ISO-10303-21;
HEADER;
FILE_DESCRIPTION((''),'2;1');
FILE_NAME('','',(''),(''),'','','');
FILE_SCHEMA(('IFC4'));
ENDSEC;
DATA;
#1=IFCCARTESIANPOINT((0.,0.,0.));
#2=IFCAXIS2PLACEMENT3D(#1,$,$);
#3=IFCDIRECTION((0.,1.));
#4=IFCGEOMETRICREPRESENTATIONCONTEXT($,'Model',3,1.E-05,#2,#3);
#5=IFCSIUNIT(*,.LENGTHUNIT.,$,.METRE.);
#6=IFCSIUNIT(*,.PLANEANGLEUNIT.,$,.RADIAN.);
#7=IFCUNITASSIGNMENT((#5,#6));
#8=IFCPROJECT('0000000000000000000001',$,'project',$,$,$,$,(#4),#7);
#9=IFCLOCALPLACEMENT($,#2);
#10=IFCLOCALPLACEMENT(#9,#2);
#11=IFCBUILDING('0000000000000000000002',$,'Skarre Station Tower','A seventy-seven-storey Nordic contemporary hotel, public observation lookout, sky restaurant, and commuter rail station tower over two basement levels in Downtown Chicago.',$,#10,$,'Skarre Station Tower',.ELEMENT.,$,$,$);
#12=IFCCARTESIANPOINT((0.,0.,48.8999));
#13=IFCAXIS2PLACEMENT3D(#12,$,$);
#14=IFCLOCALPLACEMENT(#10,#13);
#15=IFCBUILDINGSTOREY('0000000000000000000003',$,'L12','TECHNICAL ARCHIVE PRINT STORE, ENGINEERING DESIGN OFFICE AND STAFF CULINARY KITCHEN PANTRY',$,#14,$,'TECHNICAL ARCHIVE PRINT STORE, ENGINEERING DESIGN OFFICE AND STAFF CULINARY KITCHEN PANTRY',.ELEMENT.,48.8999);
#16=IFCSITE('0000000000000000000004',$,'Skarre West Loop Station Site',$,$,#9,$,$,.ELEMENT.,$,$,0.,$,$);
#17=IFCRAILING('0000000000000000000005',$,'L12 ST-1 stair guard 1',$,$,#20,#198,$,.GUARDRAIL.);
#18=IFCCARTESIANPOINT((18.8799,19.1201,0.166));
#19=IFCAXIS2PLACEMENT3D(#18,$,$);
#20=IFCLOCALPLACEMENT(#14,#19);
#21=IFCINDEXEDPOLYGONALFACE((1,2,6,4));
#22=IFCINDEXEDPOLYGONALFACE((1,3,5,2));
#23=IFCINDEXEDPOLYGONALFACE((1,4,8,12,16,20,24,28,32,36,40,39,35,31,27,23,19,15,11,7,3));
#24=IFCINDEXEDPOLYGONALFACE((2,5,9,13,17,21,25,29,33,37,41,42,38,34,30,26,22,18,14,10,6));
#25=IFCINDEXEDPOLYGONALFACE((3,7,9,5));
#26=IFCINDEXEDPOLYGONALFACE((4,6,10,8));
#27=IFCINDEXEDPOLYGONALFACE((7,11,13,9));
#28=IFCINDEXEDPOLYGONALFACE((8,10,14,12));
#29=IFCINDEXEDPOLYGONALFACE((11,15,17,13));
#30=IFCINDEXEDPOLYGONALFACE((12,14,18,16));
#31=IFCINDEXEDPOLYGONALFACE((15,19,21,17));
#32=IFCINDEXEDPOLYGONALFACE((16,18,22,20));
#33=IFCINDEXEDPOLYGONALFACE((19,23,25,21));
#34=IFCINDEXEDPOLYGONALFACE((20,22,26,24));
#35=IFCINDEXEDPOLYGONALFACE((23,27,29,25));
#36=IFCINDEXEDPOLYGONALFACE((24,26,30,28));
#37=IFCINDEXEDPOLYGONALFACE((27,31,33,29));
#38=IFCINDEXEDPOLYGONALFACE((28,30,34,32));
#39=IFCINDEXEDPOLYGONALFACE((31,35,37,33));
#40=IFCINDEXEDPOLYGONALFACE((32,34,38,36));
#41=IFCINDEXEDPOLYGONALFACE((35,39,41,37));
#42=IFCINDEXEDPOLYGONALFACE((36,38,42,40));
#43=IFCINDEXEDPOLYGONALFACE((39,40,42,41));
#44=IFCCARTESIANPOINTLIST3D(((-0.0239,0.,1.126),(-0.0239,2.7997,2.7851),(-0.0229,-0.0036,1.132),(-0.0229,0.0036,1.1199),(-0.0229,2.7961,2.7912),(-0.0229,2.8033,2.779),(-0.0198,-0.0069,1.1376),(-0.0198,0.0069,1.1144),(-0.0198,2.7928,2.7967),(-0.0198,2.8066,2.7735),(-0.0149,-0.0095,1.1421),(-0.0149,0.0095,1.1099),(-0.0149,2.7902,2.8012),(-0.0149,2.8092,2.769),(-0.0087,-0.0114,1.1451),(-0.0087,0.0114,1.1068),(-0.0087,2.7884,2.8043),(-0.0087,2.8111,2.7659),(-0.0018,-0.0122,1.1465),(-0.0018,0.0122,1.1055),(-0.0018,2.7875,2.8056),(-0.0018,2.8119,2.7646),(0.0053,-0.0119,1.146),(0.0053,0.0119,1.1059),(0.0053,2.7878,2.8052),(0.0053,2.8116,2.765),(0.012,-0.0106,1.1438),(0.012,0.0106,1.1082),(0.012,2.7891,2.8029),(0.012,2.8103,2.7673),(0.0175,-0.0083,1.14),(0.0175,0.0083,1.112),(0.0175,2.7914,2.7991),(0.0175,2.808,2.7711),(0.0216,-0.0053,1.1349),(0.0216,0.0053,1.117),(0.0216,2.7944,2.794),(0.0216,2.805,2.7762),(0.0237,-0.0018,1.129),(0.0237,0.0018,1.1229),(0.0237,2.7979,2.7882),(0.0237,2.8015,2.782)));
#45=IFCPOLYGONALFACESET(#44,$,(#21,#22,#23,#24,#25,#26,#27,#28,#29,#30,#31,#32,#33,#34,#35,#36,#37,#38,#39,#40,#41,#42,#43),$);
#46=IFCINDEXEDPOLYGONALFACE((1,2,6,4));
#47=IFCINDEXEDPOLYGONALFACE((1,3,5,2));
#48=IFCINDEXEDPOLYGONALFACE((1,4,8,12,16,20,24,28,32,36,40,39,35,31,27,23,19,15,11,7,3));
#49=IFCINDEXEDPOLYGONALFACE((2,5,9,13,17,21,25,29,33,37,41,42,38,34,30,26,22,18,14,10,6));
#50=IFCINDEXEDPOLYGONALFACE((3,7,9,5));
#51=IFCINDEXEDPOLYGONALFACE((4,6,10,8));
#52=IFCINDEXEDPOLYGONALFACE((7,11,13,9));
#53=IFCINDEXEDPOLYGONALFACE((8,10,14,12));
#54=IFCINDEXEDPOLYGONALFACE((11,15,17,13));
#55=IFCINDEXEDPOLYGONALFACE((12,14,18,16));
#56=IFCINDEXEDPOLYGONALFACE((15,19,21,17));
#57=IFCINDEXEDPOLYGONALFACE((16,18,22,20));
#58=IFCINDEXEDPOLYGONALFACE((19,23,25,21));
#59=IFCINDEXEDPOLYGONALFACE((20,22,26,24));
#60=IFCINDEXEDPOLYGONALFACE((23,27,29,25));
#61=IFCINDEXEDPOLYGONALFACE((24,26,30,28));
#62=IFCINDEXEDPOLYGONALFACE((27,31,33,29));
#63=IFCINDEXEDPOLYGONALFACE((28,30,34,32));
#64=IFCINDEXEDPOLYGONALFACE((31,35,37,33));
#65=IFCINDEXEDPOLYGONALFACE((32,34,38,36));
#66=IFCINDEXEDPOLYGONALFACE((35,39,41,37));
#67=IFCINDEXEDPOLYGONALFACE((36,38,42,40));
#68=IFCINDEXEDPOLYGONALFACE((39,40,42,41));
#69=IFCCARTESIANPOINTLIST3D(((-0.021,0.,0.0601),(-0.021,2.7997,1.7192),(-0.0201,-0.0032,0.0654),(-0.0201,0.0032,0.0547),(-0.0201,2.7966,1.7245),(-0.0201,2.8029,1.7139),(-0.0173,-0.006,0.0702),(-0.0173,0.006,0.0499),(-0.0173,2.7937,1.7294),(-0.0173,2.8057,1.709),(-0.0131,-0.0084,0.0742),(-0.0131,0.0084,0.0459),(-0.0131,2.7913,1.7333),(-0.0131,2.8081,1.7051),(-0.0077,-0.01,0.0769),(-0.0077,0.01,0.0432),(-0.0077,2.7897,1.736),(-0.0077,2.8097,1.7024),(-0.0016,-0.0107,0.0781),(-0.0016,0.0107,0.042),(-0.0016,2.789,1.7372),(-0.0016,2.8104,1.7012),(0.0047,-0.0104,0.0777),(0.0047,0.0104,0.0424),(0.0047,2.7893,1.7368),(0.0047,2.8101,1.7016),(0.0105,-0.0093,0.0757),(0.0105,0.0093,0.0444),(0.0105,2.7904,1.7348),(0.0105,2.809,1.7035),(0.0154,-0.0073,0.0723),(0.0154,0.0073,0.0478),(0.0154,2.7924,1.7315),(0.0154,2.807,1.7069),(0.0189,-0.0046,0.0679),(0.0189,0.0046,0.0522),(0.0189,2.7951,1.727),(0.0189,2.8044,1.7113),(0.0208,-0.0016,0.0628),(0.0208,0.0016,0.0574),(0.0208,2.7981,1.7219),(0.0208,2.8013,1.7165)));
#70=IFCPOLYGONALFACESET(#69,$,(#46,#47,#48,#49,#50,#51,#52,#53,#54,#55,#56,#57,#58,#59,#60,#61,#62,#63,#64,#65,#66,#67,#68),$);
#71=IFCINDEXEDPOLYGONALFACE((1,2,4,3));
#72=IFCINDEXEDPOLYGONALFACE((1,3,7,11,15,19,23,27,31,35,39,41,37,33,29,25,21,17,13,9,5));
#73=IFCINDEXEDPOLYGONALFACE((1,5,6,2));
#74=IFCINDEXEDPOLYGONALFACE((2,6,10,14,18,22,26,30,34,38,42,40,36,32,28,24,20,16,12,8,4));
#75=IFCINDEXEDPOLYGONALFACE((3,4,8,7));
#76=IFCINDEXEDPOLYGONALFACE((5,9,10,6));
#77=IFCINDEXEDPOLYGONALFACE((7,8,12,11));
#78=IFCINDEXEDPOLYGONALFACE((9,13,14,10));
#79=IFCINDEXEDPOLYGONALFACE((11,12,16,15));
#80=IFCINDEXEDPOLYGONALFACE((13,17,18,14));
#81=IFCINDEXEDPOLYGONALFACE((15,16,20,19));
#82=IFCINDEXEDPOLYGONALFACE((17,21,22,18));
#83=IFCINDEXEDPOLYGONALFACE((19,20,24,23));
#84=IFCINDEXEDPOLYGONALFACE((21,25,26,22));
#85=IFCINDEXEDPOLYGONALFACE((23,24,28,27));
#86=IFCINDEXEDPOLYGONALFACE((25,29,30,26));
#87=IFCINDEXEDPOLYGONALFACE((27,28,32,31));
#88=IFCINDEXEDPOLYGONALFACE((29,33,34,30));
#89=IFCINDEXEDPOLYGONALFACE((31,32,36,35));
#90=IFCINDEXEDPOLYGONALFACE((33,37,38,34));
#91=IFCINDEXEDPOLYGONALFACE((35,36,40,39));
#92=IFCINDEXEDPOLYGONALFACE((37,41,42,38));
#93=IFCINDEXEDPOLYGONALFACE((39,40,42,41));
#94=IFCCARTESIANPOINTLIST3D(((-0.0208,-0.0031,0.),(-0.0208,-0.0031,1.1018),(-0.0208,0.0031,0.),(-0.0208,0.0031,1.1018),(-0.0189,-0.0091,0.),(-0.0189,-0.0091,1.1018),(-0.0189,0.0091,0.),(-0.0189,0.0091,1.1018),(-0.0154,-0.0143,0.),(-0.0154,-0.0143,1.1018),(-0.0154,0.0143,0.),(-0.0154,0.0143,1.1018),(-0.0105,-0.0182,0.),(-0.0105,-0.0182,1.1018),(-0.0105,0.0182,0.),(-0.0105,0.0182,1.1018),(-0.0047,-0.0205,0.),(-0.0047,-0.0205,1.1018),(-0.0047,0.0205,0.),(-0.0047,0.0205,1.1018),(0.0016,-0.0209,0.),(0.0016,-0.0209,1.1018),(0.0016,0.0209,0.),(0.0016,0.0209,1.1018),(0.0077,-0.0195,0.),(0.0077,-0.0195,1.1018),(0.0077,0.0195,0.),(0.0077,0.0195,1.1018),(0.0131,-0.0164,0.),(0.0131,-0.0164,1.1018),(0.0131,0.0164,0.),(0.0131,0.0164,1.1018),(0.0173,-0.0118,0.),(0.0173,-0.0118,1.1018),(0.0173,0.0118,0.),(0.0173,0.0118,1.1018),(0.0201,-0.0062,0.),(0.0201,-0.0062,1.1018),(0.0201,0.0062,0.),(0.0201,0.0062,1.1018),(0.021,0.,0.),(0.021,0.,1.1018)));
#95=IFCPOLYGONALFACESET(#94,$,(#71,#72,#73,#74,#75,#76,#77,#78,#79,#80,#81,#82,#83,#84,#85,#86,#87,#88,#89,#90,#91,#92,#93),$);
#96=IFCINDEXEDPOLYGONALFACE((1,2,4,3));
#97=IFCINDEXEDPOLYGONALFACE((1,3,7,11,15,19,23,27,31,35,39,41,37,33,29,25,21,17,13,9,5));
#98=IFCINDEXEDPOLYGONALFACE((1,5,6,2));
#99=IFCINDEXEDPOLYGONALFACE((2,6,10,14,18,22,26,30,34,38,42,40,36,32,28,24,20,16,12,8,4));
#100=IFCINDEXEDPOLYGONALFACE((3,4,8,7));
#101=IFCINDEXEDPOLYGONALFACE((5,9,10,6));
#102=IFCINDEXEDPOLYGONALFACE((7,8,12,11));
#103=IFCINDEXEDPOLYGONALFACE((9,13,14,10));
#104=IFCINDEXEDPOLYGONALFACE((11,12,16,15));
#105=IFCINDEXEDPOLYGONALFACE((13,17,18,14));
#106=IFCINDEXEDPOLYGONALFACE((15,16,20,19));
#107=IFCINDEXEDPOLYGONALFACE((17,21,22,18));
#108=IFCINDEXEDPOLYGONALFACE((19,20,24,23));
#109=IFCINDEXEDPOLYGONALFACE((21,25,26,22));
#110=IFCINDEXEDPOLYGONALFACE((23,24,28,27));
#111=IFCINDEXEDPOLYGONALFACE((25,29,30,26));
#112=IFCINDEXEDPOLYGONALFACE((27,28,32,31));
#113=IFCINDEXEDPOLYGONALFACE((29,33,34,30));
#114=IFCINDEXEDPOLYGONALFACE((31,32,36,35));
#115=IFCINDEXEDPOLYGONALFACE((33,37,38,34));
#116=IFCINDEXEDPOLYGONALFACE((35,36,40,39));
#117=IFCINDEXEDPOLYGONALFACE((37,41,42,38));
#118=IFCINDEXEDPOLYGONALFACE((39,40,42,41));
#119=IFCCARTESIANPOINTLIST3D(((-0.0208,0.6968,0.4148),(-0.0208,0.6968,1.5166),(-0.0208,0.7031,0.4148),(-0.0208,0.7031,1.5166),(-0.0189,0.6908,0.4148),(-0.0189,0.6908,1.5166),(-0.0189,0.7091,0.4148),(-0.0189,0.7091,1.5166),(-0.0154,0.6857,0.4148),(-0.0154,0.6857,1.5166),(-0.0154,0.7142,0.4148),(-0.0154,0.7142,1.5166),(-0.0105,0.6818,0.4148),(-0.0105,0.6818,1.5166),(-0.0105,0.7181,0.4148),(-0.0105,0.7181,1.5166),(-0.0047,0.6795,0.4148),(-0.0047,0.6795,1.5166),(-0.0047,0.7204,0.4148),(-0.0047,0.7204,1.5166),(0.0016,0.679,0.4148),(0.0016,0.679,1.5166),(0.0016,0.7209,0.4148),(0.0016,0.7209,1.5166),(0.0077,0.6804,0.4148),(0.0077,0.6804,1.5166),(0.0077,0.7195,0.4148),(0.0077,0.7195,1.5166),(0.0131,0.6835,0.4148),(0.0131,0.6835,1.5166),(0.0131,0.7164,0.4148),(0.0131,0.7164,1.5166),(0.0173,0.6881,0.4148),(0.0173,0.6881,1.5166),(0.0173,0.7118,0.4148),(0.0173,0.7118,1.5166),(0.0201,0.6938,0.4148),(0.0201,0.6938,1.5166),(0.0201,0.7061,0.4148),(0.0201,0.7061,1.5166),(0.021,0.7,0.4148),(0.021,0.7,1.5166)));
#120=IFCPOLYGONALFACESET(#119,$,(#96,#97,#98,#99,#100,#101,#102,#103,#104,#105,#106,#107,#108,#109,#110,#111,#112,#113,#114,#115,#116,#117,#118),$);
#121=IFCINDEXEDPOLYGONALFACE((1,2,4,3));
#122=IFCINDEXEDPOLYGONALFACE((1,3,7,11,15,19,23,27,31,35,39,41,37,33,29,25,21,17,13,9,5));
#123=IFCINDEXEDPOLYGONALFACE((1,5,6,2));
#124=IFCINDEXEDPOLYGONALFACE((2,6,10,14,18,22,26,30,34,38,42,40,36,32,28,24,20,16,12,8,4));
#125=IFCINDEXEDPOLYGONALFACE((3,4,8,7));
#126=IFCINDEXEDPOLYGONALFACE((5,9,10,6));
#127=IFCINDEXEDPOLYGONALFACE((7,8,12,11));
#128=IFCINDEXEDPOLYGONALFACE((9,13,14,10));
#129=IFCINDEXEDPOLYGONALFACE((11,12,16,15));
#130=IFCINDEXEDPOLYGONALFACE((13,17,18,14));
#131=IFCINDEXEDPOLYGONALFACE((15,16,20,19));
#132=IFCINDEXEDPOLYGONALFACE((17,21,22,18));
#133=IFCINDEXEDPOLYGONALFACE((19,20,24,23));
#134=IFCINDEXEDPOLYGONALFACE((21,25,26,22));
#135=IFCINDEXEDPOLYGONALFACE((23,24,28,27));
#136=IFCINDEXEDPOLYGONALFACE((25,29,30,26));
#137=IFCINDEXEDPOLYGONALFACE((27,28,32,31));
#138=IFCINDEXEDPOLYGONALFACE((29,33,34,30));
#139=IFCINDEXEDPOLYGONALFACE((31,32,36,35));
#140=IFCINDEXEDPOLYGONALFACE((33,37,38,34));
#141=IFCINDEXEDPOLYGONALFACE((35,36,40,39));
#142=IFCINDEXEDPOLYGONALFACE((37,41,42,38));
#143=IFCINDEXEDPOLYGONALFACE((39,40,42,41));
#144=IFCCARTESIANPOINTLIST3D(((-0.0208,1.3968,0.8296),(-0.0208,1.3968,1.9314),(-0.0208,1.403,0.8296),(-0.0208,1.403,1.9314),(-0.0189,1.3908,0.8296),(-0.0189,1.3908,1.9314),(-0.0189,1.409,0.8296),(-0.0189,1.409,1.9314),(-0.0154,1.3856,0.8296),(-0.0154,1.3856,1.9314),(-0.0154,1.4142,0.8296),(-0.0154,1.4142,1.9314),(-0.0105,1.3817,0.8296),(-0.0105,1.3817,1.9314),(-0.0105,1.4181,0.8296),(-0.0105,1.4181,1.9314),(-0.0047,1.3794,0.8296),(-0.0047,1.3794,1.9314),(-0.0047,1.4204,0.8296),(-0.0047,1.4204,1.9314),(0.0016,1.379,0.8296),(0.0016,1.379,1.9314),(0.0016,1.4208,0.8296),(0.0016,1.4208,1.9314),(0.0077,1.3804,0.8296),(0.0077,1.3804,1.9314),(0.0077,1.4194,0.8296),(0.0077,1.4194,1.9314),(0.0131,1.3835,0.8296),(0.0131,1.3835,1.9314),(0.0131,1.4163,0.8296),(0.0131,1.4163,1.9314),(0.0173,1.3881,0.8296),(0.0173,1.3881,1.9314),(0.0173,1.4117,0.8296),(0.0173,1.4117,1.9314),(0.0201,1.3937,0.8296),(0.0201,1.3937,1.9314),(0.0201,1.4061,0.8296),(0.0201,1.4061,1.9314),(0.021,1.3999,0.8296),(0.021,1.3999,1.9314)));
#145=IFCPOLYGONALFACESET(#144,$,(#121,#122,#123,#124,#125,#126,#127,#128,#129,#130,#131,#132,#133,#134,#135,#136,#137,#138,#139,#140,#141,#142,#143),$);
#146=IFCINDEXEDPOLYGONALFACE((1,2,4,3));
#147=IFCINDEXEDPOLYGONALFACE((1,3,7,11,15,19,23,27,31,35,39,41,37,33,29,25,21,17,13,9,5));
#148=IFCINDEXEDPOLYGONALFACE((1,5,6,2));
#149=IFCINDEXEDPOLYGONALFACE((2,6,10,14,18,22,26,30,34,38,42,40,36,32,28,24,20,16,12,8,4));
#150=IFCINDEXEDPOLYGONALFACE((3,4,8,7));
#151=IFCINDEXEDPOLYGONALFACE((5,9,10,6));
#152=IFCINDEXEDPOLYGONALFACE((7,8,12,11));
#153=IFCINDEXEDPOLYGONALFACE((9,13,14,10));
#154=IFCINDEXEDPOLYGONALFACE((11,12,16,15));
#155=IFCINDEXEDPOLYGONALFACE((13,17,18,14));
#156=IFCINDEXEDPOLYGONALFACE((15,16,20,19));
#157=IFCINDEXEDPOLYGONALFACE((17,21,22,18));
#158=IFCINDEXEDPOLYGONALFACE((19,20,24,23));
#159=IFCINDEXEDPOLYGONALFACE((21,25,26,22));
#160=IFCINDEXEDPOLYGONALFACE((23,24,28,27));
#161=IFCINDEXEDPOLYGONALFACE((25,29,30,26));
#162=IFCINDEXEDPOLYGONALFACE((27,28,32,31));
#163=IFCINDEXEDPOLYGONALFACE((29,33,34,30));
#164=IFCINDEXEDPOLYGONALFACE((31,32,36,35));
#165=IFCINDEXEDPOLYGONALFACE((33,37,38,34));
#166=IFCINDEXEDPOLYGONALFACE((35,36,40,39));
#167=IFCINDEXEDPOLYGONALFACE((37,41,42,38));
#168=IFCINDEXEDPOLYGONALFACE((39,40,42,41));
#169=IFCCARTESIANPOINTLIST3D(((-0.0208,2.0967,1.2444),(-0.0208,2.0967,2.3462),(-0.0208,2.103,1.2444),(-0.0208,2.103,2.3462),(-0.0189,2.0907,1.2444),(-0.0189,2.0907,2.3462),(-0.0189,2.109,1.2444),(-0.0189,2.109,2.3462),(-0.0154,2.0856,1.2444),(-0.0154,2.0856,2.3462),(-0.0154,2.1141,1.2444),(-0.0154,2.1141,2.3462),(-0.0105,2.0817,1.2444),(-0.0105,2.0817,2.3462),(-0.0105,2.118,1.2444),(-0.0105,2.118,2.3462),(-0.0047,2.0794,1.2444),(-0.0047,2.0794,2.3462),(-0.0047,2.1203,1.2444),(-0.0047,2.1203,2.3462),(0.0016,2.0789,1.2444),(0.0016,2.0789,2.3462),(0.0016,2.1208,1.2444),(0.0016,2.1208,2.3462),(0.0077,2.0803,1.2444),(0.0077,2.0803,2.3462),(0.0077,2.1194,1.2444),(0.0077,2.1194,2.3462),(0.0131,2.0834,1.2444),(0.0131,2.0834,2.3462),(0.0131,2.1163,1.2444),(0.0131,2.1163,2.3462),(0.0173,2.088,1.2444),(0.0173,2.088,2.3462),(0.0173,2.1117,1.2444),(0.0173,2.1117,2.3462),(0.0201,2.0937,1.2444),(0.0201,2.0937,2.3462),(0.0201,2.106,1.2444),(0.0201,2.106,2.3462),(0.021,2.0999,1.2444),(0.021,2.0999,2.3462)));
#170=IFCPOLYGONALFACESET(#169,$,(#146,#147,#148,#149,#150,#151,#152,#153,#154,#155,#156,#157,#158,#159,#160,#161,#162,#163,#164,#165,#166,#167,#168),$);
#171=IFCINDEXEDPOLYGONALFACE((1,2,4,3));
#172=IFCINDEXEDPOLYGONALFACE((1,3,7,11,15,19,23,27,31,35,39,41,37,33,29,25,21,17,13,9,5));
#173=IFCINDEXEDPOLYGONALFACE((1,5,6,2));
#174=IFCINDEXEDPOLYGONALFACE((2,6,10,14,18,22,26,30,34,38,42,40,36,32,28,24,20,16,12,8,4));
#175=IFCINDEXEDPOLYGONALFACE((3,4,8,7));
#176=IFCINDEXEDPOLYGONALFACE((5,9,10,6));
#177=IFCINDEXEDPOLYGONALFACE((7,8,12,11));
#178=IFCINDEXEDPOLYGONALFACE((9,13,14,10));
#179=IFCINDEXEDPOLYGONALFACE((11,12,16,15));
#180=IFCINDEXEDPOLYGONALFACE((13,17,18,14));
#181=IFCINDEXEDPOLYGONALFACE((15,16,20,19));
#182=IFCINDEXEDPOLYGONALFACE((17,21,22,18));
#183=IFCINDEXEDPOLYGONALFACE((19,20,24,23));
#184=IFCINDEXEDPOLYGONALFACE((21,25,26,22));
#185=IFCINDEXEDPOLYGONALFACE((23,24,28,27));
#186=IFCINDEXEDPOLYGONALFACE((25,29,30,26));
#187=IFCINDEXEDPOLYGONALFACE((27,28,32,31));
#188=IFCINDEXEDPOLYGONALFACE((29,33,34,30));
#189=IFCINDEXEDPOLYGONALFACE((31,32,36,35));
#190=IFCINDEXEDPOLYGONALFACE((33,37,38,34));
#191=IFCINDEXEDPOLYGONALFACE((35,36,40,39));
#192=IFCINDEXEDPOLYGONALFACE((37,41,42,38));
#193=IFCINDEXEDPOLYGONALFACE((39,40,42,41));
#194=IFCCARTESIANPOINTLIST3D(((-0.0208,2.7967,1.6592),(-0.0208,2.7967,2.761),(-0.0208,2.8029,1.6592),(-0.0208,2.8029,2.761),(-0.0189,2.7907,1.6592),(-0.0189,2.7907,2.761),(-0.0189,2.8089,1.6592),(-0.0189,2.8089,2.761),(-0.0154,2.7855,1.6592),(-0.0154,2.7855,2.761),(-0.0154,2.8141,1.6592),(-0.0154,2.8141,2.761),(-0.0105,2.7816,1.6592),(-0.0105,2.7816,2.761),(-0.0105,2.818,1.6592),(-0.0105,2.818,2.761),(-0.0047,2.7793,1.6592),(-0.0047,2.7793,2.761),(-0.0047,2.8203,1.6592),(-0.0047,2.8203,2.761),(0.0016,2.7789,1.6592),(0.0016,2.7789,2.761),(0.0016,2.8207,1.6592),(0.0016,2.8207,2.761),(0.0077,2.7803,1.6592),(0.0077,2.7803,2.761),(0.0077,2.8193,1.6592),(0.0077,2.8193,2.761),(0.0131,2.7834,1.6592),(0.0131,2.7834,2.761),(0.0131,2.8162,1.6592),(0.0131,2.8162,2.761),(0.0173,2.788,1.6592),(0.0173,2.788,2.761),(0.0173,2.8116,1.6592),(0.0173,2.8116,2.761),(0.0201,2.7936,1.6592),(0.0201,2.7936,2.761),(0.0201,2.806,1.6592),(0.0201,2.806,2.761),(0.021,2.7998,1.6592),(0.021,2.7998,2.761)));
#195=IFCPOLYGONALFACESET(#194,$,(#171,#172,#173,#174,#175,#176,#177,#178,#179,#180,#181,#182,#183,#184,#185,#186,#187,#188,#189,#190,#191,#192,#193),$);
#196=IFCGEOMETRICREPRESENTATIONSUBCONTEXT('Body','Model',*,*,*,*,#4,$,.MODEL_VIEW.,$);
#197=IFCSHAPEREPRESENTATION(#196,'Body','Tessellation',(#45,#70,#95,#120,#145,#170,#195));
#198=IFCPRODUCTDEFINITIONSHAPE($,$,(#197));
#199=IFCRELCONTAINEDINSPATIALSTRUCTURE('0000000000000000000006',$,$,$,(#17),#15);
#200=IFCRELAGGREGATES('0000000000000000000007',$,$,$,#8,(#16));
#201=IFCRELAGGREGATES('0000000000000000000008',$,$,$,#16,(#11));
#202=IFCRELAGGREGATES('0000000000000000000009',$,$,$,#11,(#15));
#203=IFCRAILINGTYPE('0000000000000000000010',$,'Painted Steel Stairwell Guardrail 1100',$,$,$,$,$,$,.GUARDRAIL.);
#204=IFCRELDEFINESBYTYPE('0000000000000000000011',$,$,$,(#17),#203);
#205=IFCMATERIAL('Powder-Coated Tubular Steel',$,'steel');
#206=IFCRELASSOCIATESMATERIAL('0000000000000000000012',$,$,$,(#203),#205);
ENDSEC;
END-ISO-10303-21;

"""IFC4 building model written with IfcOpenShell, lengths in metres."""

from ifc_helpers import new_model, si_unit, direction, frame, origin, origin_2d, place, context, subcontext, project, spatial, circle, extrude, material, type_object, element, save


model = new_model("IFC4")

# Units and contexts
model_context = context("Model", 3, precision=1e-05, world=origin(), true_north=direction((0.0, 1.0)))
body_context = subcontext(model_context, "Body", "Model", "MODEL_VIEW")
ifc_project = project(units=[si_unit("LENGTHUNIT", "METRE"), si_unit("PLANEANGLEUNIT", "RADIAN")], contexts=[model_context])

# Site, building, storey
site_placement = place(None, origin())
site = spatial("IfcSite", under=ifc_project, at=site_placement, Name="Skarre West Loop Station Site", CompositionType="ELEMENT", RefElevation=0.0)
building_placement = place(site_placement, origin())
building = spatial("IfcBuilding", under=site, at=building_placement, Name="Skarre Station Tower", Description="A seventy-seven-storey Nordic contemporary hotel, public observation lookout, sky restaurant, and commuter rail station tower over two basement levels in Downtown Chicago.", LongName="Skarre Station Tower", CompositionType="ELEMENT")
storey_placement = place(building_placement, frame((0.0, 0.0, 48.8999)))
storey = spatial("IfcBuildingStorey", under=building, at=storey_placement, Name="L12", Description="TECHNICAL ARCHIVE PRINT STORE, ENGINEERING DESIGN OFFICE AND STAFF CULINARY KITCHEN PANTRY", LongName="TECHNICAL ARCHIVE PRINT STORE, ENGINEERING DESIGN OFFICE AND STAFF CULINARY KITCHEN PANTRY", CompositionType="ELEMENT", Elevation=48.8999)

# Railing
ifc_material_1 = material(Name="Powder-Coated Tubular Steel", Category="steel")
railing_type_1 = type_object("IfcRailingType", Name="Painted Steel Stairwell Guardrail 1100", PredefinedType="GUARDRAIL", material=ifc_material_1)
railing_1_placement = place(storey_placement, frame((18.8799, 19.1201, 0.166)))
element("IfcRailing", 1, at=railing_1_placement, inside=storey, type_object=railing_type_1, Name="L12 ST-1 stair guard 1", PredefinedType="GUARDRAIL", context=body_context, shape_type="SweptSolid", body=[
    extrude(circle(Radius=0.0239, at=origin_2d()), frame((0.0, 0.0, 1.126), z_axis=(0.0, 0.860287, 0.509811), x_axis=(-1.0, 0.0, 0.0)), (0.0, 0.0, 1.0), 3.2544),
    extrude(circle(Radius=0.021, at=origin_2d()), frame((0.0, 0.0, 0.0601), z_axis=(0.0, 0.860287, 0.509811), x_axis=(-1.0, 0.0, 0.0)), (0.0, 0.0, 1.0), 3.2544),
    extrude(circle(Radius=0.021, at=origin_2d()), origin(), (0.0, 0.0, 1.0), 1.1018),
    extrude(circle(Radius=0.021, at=origin_2d()), frame((0.0, 0.7, 0.4148)), (0.0, 0.0, 1.0), 1.1018),
    extrude(circle(Radius=0.021, at=origin_2d()), frame((0.0, 1.3999, 0.8296)), (0.0, 0.0, 1.0), 1.1018),
    extrude(circle(Radius=0.021, at=origin_2d()), frame((0.0, 2.0999, 1.2444)), (0.0, 0.0, 1.0), 1.1018),
    extrude(circle(Radius=0.021, at=origin_2d()), frame((0.0, 2.7998, 1.6592)), (0.0, 0.0, 1.0), 1.1018),
])

save(model, "model.ifc")
